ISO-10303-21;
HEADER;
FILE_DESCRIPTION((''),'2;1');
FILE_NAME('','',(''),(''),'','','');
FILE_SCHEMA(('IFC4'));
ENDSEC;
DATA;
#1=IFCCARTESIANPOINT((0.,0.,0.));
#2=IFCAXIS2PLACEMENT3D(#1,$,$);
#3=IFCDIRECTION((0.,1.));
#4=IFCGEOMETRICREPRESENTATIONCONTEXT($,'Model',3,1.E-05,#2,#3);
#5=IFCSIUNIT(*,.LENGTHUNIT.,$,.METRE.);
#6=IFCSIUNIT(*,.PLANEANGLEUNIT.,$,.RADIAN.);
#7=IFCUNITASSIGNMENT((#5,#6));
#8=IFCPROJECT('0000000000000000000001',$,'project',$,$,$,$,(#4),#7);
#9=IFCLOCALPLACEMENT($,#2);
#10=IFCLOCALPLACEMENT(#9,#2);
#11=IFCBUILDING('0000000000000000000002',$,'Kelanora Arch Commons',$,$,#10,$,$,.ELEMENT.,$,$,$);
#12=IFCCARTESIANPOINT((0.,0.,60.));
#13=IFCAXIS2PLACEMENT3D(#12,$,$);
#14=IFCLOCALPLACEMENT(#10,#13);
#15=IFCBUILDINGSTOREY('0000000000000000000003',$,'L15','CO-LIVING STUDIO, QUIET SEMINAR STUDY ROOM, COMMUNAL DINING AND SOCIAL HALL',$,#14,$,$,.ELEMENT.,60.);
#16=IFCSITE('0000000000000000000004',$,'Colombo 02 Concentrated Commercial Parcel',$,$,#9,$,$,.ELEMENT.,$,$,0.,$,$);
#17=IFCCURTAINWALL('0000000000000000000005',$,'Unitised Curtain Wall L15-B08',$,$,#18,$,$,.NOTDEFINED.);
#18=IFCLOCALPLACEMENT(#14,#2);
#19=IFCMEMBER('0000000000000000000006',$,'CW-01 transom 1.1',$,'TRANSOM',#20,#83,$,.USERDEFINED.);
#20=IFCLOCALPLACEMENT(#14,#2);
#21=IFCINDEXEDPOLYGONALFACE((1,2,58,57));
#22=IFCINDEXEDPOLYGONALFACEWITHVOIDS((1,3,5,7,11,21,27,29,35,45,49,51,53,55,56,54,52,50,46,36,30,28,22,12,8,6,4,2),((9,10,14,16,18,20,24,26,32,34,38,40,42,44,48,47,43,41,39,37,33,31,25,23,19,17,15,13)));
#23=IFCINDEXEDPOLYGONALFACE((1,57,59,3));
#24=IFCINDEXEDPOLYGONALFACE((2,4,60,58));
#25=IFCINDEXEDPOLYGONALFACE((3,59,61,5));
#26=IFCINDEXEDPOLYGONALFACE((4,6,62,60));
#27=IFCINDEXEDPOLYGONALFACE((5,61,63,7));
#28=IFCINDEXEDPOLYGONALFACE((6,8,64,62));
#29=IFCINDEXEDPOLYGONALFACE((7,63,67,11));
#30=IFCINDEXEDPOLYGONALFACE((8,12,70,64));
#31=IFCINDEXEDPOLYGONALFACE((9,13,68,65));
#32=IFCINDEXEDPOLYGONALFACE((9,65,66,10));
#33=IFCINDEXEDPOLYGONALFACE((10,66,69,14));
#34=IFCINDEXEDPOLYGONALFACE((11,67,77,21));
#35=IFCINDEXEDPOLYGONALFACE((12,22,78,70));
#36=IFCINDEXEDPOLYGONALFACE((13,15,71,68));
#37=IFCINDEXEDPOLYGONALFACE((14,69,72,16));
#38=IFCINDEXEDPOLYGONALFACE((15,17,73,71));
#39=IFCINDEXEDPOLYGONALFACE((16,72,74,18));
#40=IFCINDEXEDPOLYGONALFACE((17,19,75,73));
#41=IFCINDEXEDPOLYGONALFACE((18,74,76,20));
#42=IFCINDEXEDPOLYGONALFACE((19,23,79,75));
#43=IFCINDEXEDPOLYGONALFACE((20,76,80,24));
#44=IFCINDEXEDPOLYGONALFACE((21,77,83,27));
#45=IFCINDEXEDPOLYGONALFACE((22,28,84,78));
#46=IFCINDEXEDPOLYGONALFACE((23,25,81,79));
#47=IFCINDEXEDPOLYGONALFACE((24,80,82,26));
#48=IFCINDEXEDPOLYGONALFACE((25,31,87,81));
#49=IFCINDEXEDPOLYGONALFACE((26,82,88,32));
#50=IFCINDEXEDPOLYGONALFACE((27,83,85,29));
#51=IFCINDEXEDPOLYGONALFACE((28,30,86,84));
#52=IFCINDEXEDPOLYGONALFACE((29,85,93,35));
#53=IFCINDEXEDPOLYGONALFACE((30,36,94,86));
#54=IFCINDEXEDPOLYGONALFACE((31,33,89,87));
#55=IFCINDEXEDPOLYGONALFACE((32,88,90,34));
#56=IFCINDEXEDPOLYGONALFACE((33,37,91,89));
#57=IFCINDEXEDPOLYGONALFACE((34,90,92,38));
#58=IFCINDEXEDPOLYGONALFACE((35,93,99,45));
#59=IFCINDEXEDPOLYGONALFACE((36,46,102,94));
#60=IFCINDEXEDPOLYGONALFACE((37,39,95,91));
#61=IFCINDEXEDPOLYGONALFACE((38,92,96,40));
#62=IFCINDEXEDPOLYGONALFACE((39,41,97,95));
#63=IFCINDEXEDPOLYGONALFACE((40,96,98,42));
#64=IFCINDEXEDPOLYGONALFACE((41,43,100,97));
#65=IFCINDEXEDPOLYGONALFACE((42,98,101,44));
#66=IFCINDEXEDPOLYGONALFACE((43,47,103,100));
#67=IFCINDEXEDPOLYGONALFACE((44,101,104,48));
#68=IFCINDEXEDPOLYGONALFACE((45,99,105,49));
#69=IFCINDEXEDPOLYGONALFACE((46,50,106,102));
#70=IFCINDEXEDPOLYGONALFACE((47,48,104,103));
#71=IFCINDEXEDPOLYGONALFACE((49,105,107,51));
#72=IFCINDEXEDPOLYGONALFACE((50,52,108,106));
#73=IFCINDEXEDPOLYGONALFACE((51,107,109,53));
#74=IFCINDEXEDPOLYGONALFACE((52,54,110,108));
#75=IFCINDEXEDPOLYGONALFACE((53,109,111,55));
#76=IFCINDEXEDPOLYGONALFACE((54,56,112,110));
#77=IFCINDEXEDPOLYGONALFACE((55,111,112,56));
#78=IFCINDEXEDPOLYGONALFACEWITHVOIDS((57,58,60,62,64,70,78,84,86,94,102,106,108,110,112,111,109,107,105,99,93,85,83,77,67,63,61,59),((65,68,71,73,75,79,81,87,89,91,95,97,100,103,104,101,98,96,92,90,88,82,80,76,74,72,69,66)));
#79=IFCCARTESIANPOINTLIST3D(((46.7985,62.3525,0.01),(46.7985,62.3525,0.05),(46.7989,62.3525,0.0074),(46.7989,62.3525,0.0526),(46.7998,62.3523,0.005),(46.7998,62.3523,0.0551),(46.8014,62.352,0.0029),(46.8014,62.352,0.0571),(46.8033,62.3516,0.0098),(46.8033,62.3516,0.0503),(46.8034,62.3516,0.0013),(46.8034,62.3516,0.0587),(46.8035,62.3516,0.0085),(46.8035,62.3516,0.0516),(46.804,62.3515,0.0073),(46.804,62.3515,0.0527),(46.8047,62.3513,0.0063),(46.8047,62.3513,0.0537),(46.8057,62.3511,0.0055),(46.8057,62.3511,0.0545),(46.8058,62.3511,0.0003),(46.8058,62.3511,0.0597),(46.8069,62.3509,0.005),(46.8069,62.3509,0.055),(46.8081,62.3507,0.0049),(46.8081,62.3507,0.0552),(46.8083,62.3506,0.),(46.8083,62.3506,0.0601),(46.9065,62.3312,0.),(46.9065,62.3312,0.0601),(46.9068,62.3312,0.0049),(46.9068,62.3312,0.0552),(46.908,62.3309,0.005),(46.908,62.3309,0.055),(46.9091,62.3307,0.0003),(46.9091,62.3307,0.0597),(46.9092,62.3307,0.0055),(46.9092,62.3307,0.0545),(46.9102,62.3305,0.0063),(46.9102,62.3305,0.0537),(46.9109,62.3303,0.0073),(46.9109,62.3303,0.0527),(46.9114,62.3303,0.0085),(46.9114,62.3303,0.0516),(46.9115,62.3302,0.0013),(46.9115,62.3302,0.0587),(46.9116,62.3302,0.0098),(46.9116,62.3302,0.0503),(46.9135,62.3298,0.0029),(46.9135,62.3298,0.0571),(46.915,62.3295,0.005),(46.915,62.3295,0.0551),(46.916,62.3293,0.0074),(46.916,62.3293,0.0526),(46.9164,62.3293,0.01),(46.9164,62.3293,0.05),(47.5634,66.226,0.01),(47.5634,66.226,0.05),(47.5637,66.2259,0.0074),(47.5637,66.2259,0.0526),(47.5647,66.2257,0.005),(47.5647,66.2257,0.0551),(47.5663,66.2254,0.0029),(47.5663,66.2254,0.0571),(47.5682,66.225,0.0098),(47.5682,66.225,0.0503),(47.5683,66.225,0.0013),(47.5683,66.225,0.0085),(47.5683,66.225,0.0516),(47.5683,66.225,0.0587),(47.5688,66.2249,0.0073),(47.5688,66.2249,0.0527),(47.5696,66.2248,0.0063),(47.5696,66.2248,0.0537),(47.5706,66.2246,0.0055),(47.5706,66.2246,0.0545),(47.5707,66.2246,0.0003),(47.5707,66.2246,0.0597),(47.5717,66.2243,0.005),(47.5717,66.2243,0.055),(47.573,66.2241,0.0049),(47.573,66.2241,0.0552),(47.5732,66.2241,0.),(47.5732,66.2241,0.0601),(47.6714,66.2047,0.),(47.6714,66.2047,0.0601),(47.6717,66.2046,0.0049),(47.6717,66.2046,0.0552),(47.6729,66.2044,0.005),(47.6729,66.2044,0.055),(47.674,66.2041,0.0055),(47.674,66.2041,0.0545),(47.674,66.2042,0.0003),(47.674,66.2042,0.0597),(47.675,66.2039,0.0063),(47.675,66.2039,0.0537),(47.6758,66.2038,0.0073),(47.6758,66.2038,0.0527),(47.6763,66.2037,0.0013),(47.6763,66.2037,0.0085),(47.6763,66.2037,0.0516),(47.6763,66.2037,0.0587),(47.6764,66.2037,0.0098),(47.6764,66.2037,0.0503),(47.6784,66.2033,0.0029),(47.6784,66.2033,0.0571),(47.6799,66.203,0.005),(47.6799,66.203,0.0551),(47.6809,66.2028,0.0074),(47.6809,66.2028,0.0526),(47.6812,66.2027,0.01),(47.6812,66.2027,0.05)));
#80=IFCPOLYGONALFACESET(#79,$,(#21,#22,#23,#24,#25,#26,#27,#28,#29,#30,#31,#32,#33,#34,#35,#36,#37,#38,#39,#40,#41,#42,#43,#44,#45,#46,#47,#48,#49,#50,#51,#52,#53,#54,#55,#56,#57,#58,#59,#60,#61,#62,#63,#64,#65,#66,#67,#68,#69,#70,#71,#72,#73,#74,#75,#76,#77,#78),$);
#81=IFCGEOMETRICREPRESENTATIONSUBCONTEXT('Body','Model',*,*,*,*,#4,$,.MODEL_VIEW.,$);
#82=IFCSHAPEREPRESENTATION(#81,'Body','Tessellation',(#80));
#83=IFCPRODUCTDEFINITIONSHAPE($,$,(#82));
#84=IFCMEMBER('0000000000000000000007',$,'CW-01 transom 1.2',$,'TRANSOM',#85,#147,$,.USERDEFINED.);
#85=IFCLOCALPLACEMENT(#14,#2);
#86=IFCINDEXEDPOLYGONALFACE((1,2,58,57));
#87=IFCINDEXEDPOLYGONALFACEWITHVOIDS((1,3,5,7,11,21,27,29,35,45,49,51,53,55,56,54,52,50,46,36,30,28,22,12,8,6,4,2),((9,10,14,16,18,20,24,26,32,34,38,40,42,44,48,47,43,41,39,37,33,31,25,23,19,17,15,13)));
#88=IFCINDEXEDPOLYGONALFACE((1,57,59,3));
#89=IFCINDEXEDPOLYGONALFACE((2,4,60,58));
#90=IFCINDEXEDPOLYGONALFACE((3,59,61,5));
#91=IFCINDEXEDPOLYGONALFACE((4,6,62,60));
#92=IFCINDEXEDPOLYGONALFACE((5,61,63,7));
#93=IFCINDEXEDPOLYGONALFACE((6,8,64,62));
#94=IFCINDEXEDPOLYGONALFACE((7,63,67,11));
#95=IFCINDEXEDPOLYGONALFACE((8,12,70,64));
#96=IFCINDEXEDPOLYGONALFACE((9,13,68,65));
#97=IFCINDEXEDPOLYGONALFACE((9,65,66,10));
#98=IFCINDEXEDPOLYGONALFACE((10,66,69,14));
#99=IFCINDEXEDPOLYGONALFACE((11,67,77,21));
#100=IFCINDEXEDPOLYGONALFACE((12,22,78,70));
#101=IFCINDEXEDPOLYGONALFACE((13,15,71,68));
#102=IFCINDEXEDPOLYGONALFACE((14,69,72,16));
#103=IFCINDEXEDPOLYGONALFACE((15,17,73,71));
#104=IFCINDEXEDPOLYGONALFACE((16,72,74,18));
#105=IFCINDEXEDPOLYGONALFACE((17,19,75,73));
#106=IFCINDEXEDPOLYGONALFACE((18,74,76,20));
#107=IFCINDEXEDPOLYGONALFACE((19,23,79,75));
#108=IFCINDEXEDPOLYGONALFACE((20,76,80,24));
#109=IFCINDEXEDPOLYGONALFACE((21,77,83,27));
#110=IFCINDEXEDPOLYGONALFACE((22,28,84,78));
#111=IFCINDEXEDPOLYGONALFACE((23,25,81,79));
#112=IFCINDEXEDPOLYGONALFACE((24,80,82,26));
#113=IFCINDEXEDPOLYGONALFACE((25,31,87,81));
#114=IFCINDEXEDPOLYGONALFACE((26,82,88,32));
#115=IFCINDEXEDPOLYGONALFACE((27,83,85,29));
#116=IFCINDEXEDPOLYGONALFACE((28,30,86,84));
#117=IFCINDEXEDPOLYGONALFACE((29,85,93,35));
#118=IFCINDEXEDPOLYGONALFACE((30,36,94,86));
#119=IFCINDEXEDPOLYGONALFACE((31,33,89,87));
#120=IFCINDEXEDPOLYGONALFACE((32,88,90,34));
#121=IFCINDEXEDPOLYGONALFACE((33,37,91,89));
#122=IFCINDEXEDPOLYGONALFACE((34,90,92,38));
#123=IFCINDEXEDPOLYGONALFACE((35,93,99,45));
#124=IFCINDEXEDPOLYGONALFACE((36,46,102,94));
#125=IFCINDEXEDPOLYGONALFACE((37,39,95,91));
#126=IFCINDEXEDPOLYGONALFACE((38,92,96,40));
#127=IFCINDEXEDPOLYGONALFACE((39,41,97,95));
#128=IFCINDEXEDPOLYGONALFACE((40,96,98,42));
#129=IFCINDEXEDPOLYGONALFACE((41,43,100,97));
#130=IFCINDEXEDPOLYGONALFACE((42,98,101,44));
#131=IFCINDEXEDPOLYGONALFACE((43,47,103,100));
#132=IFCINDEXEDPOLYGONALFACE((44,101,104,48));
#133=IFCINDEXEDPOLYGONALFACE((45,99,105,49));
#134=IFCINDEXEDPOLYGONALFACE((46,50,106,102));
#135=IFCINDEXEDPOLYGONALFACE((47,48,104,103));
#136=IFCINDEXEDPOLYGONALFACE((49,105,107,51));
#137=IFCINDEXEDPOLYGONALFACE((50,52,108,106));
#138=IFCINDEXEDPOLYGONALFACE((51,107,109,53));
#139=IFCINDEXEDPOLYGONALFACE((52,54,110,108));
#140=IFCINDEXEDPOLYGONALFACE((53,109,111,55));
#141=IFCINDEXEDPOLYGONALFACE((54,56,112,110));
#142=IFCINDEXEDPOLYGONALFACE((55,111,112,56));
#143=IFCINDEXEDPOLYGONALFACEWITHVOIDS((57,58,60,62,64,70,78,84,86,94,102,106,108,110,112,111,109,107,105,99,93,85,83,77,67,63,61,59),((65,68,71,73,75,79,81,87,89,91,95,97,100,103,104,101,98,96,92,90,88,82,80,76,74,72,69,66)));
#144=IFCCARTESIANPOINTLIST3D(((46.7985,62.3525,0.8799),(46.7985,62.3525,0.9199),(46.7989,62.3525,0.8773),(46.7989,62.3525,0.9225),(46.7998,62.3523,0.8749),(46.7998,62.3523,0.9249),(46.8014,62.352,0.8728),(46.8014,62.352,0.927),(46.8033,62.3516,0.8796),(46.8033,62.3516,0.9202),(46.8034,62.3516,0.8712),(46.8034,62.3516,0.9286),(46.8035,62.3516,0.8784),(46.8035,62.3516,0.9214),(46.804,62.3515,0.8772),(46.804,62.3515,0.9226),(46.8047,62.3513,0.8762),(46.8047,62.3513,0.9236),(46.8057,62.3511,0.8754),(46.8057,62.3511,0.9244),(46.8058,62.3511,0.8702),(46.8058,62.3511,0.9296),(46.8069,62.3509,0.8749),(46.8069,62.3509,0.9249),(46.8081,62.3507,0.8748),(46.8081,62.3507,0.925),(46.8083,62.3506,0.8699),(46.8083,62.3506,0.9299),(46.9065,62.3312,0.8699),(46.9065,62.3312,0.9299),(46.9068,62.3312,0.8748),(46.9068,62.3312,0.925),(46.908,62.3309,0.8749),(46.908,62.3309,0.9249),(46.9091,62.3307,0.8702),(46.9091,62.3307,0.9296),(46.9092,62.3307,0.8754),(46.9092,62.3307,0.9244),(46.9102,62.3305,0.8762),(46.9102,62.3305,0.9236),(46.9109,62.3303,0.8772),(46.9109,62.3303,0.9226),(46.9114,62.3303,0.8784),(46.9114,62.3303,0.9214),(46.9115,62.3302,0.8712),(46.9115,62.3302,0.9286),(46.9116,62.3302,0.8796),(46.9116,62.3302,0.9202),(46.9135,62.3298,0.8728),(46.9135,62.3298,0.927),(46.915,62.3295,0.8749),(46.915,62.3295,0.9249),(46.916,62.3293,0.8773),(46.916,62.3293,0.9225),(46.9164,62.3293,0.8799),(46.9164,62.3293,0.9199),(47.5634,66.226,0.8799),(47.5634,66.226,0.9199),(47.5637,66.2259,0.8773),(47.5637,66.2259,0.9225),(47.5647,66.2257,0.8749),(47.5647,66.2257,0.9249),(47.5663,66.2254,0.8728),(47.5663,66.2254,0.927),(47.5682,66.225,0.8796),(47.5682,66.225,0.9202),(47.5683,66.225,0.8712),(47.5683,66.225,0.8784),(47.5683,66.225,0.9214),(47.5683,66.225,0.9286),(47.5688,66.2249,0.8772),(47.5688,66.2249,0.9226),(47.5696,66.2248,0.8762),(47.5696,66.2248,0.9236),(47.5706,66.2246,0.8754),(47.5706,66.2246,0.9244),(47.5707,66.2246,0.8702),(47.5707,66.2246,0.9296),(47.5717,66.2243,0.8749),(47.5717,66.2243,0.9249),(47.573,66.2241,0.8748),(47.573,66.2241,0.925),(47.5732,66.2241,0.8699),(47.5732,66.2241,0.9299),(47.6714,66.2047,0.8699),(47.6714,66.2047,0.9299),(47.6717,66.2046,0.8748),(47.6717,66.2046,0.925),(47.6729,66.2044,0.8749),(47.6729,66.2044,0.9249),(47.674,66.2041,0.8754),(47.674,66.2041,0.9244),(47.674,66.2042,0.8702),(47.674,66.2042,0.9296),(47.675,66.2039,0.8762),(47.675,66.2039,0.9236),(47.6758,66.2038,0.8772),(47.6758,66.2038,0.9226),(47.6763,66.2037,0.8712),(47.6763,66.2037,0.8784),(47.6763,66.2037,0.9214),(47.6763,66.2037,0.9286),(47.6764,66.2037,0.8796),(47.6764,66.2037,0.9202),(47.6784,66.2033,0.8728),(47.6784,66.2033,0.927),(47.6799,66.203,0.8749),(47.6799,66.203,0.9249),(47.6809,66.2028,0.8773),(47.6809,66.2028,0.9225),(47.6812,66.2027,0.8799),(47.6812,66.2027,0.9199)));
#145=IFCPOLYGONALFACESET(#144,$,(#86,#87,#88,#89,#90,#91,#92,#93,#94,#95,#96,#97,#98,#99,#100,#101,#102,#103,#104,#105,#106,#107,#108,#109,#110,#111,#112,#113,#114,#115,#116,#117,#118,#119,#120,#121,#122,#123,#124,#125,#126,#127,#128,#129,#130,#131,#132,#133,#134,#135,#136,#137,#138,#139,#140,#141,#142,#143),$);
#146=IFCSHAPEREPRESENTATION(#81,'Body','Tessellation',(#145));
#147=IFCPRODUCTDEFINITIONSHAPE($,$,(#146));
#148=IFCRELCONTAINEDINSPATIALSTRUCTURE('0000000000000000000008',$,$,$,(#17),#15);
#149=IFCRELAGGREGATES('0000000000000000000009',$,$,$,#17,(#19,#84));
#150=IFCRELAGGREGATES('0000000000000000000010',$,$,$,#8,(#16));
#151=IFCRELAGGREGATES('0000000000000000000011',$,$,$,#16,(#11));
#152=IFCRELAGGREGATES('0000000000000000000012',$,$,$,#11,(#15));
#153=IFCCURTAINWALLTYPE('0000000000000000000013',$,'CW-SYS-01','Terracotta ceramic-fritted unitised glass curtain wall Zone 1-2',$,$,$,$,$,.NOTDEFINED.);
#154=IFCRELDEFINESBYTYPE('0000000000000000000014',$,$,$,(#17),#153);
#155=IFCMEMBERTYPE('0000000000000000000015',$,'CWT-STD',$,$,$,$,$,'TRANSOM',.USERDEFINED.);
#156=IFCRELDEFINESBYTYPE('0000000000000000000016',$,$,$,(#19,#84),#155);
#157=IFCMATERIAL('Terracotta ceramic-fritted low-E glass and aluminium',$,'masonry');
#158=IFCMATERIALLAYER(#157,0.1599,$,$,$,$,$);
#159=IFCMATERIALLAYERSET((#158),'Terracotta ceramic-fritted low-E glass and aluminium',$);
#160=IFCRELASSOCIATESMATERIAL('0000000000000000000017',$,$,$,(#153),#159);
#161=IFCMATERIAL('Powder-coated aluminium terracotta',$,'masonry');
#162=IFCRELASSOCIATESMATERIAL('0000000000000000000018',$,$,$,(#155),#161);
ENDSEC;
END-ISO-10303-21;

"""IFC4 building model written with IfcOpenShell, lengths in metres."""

from ifc_helpers import new_model, si_unit, direction, frame, origin, origin_2d, place, context, subcontext, project, spatial, hollow_rectangle, extrude, material, layer, layer_set, material_profile, profile_set, type_object, element, aggregate, save


model = new_model("IFC4")

# Units and contexts
model_context = context("Model", 3, precision=1e-05, world=origin(), true_north=direction((0.0, 1.0)))
body_context = subcontext(model_context, "Body", "Model", "MODEL_VIEW")
ifc_project = project(units=[si_unit("LENGTHUNIT", "METRE"), si_unit("PLANEANGLEUNIT", "RADIAN")], contexts=[model_context])

# Site, building, storey
site_placement = place(None, origin())
site = spatial("IfcSite", under=ifc_project, at=site_placement, Name="Colombo 02 Concentrated Commercial Parcel", CompositionType="ELEMENT", RefElevation=0.0)
building_placement = place(site_placement, origin())
building = spatial("IfcBuilding", under=site, at=building_placement, Name="Kelanora Arch Commons", CompositionType="ELEMENT")
storey_placement = place(building_placement, frame((0.0, 0.0, 60.0)))
storey = spatial("IfcBuildingStorey", under=building, at=storey_placement, Name="L15", Description="CO-LIVING STUDIO, QUIET SEMINAR STUDY ROOM, COMMUNAL DINING AND SOCIAL HALL", CompositionType="ELEMENT", Elevation=60.0)

# Curtain wall, members
ifc_material_1 = material(Name="Terracotta ceramic-fritted low-E glass and aluminium", Category="masonry")
ifc_layer_1 = layer(ifc_material_1, 0.1599)
ifc_layer_set_1 = layer_set([ifc_layer_1], Name="Terracotta ceramic-fritted low-E glass and aluminium")
curtain_wall_type = type_object("IfcCurtainWallType", Name="CW-SYS-01", Description="Terracotta ceramic-fritted unitised glass curtain wall Zone 1-2", PredefinedType="NOTDEFINED", material=ifc_layer_set_1)
curtain_wall_placement = place(storey_placement, origin())
curtain_wall = element("IfcCurtainWall", 1, at=curtain_wall_placement, inside=storey, type_object=curtain_wall_type, Name="Unitised Curtain Wall L15-B08", PredefinedType="NOTDEFINED")
ifc_material_2 = material(Name="Powder-coated aluminium terracotta", Category="masonry")
ifc_material_profile_1 = material_profile(ifc_material_2, hollow_rectangle(XDim=0.1201, YDim=0.0601, WallThickness=0.0049, InnerFilletRadius=0.0049, OuterFilletRadius=0.01, at=origin_2d()), Name="CWT120x60")
ifc_profile_set_1 = profile_set([ifc_material_profile_1], Name="Powder-coated aluminium terracotta")
member_type_1 = type_object("IfcMemberType", Name="CWT-STD", ElementType="TRANSOM", PredefinedType="USERDEFINED", material=ifc_profile_set_1)
member_1_placement = place(storey_placement, frame((47.6223, 66.2144, 0.03), z_axis=(-0.193725, -0.981056, 0.0), x_axis=(0.981056, -0.193725, 0.0)))
member_1 = element("IfcMember", 2, at=member_1_placement, type_object=member_type_1, Name="CW-01 transom 1.1", ObjectType="TRANSOM", PredefinedType="USERDEFINED", context=body_context, shape_type="SweptSolid", body=[
    extrude(hollow_rectangle(XDim=0.1201, YDim=0.0601, WallThickness=0.0049, InnerFilletRadius=0.0049, OuterFilletRadius=0.01, at=origin_2d()), origin(), (0.0, 0.0, 1.0), 3.9482),
])
member_2_placement = place(storey_placement, frame((47.6223, 66.2144, 0.8999), z_axis=(-0.193725, -0.981056, 0.0), x_axis=(0.981056, -0.193725, 0.0)))
member_2 = element("IfcMember", 3, at=member_2_placement, type_object=member_type_1, Name="CW-01 transom 1.2", ObjectType="TRANSOM", PredefinedType="USERDEFINED", context=body_context, shape_type="SweptSolid", body=[
    extrude(hollow_rectangle(XDim=0.1201, YDim=0.0601, WallThickness=0.0049, InnerFilletRadius=0.0049, OuterFilletRadius=0.01, at=origin_2d()), origin(), (0.0, 0.0, 1.0), 3.9482),
])
aggregate(curtain_wall, [member_1, member_2])

save(model, "model.ifc")
